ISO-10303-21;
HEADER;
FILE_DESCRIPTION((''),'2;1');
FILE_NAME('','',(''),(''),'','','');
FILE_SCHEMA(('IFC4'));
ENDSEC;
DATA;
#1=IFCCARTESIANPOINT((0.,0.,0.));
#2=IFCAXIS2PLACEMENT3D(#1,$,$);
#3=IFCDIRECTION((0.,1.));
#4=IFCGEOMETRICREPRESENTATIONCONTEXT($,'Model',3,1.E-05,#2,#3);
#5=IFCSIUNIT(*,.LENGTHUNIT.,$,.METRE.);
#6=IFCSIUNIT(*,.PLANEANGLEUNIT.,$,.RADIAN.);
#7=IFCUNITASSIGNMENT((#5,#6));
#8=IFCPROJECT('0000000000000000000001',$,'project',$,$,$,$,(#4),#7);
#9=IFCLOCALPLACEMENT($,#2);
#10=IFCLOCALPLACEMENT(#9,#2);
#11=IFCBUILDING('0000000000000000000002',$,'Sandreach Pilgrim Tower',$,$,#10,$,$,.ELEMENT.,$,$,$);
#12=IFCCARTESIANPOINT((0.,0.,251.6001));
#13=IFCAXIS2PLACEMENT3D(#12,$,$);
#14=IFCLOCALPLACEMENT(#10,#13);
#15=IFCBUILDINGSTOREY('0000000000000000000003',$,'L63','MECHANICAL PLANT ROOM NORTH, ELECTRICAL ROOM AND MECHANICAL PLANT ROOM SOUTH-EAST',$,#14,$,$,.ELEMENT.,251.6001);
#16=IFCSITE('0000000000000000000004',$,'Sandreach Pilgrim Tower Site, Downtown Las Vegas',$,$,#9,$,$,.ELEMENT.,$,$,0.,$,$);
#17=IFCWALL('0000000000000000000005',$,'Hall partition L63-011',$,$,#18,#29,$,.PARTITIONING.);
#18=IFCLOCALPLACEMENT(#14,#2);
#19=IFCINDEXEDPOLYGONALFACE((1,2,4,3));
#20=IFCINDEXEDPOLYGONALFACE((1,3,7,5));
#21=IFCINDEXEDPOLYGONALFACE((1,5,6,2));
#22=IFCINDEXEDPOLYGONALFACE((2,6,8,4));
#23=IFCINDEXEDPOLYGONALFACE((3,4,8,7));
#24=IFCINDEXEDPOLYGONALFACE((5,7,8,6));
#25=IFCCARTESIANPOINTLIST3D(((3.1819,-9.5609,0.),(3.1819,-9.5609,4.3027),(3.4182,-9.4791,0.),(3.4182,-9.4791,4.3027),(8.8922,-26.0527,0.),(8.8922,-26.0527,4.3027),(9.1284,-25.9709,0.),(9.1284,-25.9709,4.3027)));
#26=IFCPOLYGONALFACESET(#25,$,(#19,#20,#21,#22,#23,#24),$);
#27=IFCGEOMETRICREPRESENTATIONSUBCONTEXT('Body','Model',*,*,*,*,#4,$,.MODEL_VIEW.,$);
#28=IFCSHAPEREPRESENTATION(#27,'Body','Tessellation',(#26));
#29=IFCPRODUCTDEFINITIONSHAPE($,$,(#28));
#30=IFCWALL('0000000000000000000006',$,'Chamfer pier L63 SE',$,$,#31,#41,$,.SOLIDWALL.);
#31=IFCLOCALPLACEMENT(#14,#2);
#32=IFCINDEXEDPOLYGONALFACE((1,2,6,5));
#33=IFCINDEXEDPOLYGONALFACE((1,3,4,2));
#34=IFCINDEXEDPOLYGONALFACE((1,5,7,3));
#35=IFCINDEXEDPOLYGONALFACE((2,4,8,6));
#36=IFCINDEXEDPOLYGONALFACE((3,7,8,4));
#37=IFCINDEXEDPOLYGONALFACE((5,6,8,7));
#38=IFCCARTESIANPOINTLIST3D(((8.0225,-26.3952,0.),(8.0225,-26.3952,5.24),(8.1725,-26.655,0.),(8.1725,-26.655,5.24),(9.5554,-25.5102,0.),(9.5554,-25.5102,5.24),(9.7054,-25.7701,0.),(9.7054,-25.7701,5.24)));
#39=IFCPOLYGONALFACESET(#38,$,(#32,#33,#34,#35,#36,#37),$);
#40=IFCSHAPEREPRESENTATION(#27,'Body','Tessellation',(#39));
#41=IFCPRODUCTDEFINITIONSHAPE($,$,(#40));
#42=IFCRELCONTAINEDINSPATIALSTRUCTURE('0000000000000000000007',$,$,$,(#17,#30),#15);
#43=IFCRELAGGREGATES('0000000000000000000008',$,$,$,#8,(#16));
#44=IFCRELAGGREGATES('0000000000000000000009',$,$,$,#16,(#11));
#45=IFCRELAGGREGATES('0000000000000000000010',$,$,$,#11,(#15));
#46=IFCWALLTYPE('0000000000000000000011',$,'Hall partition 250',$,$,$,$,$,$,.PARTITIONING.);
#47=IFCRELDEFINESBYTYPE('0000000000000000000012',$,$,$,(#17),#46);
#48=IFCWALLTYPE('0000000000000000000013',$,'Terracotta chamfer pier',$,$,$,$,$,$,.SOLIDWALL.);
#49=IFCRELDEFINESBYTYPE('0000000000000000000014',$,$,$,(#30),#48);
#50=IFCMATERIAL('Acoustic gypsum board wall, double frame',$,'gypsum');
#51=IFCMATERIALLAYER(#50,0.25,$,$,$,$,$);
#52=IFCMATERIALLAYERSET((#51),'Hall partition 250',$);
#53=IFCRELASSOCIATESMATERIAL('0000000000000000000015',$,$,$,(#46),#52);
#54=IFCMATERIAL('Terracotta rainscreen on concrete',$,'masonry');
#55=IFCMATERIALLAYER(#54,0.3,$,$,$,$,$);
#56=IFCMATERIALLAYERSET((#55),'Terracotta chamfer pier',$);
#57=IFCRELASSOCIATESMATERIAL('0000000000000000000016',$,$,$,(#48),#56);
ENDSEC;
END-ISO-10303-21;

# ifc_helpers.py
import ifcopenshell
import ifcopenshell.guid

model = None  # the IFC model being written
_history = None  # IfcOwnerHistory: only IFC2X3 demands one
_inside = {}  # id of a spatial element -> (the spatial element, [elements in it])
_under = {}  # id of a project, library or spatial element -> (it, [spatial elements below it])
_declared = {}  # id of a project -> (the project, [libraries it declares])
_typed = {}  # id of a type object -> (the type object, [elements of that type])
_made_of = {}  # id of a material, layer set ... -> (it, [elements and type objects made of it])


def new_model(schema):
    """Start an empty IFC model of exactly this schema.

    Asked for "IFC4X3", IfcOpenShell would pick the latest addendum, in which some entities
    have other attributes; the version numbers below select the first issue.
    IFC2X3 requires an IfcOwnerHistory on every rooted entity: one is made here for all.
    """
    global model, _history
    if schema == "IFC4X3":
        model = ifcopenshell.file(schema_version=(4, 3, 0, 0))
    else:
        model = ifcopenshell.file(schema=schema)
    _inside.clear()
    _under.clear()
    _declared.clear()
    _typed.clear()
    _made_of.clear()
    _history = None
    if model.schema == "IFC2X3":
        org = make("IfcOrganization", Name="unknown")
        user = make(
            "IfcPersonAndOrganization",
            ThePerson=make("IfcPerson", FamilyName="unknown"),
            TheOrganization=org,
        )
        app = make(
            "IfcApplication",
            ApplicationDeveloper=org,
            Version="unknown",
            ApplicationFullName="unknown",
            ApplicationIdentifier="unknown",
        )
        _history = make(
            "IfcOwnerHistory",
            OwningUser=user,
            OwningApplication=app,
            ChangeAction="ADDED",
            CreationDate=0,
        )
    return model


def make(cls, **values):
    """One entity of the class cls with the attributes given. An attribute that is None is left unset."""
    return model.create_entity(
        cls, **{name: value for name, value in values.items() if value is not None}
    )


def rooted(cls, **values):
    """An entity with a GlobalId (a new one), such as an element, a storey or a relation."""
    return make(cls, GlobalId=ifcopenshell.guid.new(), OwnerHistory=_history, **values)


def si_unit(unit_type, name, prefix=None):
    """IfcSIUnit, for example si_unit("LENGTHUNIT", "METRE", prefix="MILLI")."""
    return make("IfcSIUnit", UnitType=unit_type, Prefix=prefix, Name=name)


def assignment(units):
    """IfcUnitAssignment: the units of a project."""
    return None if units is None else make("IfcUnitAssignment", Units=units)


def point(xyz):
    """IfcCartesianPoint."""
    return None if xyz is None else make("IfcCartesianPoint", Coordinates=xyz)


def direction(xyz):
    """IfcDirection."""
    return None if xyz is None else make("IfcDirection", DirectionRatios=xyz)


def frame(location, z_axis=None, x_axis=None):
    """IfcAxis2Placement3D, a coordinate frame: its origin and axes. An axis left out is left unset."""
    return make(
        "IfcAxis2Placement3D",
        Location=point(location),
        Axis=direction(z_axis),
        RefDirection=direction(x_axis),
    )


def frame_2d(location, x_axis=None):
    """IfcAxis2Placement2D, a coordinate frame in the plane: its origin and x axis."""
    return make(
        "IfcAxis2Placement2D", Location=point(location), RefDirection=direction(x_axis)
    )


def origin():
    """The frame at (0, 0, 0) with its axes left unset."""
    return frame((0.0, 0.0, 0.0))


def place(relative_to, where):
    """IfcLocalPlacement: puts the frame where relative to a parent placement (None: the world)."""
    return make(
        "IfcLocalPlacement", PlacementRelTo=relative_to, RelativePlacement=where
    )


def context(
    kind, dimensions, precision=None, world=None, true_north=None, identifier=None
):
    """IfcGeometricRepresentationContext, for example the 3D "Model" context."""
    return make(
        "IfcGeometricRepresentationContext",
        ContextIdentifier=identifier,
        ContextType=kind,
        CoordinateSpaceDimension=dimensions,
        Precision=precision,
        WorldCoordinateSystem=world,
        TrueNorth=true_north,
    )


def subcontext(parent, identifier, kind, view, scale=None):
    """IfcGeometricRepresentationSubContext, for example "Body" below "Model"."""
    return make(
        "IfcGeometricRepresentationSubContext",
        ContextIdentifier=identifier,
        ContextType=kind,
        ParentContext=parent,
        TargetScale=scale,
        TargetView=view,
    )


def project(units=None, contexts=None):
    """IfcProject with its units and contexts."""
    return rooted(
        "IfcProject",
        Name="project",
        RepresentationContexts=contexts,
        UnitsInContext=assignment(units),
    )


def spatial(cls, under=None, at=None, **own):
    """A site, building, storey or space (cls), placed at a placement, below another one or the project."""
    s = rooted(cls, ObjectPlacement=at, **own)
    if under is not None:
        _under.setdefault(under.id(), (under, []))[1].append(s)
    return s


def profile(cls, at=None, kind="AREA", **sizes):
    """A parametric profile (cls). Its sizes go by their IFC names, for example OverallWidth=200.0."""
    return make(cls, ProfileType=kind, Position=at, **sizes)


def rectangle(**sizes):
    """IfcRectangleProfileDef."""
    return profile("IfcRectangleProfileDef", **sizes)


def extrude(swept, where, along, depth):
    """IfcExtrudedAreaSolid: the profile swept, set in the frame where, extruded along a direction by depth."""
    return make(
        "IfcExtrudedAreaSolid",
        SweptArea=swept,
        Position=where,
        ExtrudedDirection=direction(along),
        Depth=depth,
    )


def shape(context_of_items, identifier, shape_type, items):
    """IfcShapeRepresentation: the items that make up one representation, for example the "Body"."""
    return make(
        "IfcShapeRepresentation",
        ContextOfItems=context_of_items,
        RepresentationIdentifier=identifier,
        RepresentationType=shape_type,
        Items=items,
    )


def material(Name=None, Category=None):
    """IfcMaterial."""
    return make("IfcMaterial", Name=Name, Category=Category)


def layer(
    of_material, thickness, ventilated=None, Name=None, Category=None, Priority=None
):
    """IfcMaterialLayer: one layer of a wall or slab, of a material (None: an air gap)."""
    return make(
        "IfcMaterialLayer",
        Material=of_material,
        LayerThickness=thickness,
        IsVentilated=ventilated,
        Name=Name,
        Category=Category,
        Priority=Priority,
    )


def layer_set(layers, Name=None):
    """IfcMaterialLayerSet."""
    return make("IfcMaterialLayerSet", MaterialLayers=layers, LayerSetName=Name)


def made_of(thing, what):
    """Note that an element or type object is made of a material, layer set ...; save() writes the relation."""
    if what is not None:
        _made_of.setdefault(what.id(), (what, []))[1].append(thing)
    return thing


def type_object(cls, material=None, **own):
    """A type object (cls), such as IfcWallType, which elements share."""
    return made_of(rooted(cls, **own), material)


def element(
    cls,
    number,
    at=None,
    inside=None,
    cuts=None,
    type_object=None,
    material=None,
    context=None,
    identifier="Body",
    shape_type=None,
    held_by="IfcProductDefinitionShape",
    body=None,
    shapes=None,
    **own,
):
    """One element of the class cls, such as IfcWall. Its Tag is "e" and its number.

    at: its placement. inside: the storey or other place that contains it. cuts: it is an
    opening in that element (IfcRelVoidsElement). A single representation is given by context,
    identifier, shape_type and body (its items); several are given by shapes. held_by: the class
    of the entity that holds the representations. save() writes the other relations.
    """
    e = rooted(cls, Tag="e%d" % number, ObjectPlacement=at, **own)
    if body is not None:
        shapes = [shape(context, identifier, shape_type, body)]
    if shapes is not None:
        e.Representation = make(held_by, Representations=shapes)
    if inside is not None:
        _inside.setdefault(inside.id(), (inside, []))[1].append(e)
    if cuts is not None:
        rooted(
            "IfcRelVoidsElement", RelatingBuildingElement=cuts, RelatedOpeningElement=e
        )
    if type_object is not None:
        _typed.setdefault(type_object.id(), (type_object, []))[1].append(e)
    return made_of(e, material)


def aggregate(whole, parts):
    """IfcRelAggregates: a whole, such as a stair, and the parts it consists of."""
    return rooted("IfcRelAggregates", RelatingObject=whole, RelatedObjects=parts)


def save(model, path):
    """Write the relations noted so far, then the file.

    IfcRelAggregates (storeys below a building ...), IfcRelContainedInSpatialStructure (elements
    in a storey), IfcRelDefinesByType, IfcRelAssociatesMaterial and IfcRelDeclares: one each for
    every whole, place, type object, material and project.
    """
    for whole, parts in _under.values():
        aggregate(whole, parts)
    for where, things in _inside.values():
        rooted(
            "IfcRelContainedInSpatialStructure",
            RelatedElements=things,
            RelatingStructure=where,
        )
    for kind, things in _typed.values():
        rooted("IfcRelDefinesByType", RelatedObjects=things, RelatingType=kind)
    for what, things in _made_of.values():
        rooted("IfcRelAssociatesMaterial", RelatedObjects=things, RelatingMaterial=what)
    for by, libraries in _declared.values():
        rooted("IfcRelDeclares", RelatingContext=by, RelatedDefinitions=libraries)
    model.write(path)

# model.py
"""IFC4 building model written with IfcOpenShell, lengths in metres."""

from ifc_helpers import new_model, si_unit, direction, frame, frame_2d, origin, place, context, subcontext, project, spatial, rectangle, extrude, material, layer, layer_set, type_object, element, save


model = new_model("IFC4")

# Units and contexts
model_context = context("Model", 3, precision=1e-05, world=origin(), true_north=direction((0.0, 1.0)))
body_context = subcontext(model_context, "Body", "Model", "MODEL_VIEW")
ifc_project = project(units=[si_unit("LENGTHUNIT", "METRE"), si_unit("PLANEANGLEUNIT", "RADIAN")], contexts=[model_context])

# Site, building, storey
site_placement = place(None, origin())
site = spatial("IfcSite", under=ifc_project, at=site_placement, Name="Sandreach Pilgrim Tower Site, Downtown Las Vegas", CompositionType="ELEMENT", RefElevation=0.0)
building_placement = place(site_placement, origin())
building = spatial("IfcBuilding", under=site, at=building_placement, Name="Sandreach Pilgrim Tower", CompositionType="ELEMENT")
storey_placement = place(building_placement, frame((0.0, 0.0, 251.6001)))
storey = spatial("IfcBuildingStorey", under=building, at=storey_placement, Name="L63", Description="MECHANICAL PLANT ROOM NORTH, ELECTRICAL ROOM AND MECHANICAL PLANT ROOM SOUTH-EAST", CompositionType="ELEMENT", Elevation=251.6001)

# Walls
ifc_material_1 = material(Name="Acoustic gypsum board wall, double frame", Category="gypsum")
ifc_layer_1 = layer(ifc_material_1, 0.25)
ifc_layer_set_1 = layer_set([ifc_layer_1], Name="Hall partition 250")
wall_type_1 = type_object("IfcWallType", Name="Hall partition 250", PredefinedType="PARTITIONING", material=ifc_layer_set_1)
wall_1_placement = place(storey_placement, frame((9.0103, -26.0117, 0.0), z_axis=(0.0, 0.0, 1.0), x_axis=(-0.327189, 0.944959, 0.0)))
element("IfcWall", 1, at=wall_1_placement, inside=storey, type_object=wall_type_1, Name="Hall partition L63-011", PredefinedType="PARTITIONING", context=body_context, shape_type="SweptSolid", body=[
    extrude(rectangle(XDim=17.4524, YDim=0.25, at=frame_2d((8.7261, 0.0))), origin(), (0.0, 0.0, 1.0), 4.3027),
])
ifc_material_2 = material(Name="Terracotta rainscreen on concrete", Category="masonry")
ifc_layer_2 = layer(ifc_material_2, 0.3)
ifc_layer_set_2 = layer_set([ifc_layer_2], Name="Terracotta chamfer pier")
wall_type_2 = type_object("IfcWallType", Name="Terracotta chamfer pier", PredefinedType="SOLIDWALL", material=ifc_layer_set_2)
wall_2_placement = place(storey_placement, frame((9.6304, -25.6401, 0.0), z_axis=(0.0, 0.0, 1.0), x_axis=(-0.866036, -0.499981, 0.0)))
element("IfcWall", 2, at=wall_2_placement, inside=storey, type_object=wall_type_2, Name="Chamfer pier L63 SE", PredefinedType="SOLIDWALL", context=body_context, shape_type="SweptSolid", body=[
    extrude(rectangle(XDim=1.77, YDim=0.3, at=frame_2d((0.885, 0.0))), origin(), (0.0, 0.0, 1.0), 5.24),
])

save(model, "model.ifc")
